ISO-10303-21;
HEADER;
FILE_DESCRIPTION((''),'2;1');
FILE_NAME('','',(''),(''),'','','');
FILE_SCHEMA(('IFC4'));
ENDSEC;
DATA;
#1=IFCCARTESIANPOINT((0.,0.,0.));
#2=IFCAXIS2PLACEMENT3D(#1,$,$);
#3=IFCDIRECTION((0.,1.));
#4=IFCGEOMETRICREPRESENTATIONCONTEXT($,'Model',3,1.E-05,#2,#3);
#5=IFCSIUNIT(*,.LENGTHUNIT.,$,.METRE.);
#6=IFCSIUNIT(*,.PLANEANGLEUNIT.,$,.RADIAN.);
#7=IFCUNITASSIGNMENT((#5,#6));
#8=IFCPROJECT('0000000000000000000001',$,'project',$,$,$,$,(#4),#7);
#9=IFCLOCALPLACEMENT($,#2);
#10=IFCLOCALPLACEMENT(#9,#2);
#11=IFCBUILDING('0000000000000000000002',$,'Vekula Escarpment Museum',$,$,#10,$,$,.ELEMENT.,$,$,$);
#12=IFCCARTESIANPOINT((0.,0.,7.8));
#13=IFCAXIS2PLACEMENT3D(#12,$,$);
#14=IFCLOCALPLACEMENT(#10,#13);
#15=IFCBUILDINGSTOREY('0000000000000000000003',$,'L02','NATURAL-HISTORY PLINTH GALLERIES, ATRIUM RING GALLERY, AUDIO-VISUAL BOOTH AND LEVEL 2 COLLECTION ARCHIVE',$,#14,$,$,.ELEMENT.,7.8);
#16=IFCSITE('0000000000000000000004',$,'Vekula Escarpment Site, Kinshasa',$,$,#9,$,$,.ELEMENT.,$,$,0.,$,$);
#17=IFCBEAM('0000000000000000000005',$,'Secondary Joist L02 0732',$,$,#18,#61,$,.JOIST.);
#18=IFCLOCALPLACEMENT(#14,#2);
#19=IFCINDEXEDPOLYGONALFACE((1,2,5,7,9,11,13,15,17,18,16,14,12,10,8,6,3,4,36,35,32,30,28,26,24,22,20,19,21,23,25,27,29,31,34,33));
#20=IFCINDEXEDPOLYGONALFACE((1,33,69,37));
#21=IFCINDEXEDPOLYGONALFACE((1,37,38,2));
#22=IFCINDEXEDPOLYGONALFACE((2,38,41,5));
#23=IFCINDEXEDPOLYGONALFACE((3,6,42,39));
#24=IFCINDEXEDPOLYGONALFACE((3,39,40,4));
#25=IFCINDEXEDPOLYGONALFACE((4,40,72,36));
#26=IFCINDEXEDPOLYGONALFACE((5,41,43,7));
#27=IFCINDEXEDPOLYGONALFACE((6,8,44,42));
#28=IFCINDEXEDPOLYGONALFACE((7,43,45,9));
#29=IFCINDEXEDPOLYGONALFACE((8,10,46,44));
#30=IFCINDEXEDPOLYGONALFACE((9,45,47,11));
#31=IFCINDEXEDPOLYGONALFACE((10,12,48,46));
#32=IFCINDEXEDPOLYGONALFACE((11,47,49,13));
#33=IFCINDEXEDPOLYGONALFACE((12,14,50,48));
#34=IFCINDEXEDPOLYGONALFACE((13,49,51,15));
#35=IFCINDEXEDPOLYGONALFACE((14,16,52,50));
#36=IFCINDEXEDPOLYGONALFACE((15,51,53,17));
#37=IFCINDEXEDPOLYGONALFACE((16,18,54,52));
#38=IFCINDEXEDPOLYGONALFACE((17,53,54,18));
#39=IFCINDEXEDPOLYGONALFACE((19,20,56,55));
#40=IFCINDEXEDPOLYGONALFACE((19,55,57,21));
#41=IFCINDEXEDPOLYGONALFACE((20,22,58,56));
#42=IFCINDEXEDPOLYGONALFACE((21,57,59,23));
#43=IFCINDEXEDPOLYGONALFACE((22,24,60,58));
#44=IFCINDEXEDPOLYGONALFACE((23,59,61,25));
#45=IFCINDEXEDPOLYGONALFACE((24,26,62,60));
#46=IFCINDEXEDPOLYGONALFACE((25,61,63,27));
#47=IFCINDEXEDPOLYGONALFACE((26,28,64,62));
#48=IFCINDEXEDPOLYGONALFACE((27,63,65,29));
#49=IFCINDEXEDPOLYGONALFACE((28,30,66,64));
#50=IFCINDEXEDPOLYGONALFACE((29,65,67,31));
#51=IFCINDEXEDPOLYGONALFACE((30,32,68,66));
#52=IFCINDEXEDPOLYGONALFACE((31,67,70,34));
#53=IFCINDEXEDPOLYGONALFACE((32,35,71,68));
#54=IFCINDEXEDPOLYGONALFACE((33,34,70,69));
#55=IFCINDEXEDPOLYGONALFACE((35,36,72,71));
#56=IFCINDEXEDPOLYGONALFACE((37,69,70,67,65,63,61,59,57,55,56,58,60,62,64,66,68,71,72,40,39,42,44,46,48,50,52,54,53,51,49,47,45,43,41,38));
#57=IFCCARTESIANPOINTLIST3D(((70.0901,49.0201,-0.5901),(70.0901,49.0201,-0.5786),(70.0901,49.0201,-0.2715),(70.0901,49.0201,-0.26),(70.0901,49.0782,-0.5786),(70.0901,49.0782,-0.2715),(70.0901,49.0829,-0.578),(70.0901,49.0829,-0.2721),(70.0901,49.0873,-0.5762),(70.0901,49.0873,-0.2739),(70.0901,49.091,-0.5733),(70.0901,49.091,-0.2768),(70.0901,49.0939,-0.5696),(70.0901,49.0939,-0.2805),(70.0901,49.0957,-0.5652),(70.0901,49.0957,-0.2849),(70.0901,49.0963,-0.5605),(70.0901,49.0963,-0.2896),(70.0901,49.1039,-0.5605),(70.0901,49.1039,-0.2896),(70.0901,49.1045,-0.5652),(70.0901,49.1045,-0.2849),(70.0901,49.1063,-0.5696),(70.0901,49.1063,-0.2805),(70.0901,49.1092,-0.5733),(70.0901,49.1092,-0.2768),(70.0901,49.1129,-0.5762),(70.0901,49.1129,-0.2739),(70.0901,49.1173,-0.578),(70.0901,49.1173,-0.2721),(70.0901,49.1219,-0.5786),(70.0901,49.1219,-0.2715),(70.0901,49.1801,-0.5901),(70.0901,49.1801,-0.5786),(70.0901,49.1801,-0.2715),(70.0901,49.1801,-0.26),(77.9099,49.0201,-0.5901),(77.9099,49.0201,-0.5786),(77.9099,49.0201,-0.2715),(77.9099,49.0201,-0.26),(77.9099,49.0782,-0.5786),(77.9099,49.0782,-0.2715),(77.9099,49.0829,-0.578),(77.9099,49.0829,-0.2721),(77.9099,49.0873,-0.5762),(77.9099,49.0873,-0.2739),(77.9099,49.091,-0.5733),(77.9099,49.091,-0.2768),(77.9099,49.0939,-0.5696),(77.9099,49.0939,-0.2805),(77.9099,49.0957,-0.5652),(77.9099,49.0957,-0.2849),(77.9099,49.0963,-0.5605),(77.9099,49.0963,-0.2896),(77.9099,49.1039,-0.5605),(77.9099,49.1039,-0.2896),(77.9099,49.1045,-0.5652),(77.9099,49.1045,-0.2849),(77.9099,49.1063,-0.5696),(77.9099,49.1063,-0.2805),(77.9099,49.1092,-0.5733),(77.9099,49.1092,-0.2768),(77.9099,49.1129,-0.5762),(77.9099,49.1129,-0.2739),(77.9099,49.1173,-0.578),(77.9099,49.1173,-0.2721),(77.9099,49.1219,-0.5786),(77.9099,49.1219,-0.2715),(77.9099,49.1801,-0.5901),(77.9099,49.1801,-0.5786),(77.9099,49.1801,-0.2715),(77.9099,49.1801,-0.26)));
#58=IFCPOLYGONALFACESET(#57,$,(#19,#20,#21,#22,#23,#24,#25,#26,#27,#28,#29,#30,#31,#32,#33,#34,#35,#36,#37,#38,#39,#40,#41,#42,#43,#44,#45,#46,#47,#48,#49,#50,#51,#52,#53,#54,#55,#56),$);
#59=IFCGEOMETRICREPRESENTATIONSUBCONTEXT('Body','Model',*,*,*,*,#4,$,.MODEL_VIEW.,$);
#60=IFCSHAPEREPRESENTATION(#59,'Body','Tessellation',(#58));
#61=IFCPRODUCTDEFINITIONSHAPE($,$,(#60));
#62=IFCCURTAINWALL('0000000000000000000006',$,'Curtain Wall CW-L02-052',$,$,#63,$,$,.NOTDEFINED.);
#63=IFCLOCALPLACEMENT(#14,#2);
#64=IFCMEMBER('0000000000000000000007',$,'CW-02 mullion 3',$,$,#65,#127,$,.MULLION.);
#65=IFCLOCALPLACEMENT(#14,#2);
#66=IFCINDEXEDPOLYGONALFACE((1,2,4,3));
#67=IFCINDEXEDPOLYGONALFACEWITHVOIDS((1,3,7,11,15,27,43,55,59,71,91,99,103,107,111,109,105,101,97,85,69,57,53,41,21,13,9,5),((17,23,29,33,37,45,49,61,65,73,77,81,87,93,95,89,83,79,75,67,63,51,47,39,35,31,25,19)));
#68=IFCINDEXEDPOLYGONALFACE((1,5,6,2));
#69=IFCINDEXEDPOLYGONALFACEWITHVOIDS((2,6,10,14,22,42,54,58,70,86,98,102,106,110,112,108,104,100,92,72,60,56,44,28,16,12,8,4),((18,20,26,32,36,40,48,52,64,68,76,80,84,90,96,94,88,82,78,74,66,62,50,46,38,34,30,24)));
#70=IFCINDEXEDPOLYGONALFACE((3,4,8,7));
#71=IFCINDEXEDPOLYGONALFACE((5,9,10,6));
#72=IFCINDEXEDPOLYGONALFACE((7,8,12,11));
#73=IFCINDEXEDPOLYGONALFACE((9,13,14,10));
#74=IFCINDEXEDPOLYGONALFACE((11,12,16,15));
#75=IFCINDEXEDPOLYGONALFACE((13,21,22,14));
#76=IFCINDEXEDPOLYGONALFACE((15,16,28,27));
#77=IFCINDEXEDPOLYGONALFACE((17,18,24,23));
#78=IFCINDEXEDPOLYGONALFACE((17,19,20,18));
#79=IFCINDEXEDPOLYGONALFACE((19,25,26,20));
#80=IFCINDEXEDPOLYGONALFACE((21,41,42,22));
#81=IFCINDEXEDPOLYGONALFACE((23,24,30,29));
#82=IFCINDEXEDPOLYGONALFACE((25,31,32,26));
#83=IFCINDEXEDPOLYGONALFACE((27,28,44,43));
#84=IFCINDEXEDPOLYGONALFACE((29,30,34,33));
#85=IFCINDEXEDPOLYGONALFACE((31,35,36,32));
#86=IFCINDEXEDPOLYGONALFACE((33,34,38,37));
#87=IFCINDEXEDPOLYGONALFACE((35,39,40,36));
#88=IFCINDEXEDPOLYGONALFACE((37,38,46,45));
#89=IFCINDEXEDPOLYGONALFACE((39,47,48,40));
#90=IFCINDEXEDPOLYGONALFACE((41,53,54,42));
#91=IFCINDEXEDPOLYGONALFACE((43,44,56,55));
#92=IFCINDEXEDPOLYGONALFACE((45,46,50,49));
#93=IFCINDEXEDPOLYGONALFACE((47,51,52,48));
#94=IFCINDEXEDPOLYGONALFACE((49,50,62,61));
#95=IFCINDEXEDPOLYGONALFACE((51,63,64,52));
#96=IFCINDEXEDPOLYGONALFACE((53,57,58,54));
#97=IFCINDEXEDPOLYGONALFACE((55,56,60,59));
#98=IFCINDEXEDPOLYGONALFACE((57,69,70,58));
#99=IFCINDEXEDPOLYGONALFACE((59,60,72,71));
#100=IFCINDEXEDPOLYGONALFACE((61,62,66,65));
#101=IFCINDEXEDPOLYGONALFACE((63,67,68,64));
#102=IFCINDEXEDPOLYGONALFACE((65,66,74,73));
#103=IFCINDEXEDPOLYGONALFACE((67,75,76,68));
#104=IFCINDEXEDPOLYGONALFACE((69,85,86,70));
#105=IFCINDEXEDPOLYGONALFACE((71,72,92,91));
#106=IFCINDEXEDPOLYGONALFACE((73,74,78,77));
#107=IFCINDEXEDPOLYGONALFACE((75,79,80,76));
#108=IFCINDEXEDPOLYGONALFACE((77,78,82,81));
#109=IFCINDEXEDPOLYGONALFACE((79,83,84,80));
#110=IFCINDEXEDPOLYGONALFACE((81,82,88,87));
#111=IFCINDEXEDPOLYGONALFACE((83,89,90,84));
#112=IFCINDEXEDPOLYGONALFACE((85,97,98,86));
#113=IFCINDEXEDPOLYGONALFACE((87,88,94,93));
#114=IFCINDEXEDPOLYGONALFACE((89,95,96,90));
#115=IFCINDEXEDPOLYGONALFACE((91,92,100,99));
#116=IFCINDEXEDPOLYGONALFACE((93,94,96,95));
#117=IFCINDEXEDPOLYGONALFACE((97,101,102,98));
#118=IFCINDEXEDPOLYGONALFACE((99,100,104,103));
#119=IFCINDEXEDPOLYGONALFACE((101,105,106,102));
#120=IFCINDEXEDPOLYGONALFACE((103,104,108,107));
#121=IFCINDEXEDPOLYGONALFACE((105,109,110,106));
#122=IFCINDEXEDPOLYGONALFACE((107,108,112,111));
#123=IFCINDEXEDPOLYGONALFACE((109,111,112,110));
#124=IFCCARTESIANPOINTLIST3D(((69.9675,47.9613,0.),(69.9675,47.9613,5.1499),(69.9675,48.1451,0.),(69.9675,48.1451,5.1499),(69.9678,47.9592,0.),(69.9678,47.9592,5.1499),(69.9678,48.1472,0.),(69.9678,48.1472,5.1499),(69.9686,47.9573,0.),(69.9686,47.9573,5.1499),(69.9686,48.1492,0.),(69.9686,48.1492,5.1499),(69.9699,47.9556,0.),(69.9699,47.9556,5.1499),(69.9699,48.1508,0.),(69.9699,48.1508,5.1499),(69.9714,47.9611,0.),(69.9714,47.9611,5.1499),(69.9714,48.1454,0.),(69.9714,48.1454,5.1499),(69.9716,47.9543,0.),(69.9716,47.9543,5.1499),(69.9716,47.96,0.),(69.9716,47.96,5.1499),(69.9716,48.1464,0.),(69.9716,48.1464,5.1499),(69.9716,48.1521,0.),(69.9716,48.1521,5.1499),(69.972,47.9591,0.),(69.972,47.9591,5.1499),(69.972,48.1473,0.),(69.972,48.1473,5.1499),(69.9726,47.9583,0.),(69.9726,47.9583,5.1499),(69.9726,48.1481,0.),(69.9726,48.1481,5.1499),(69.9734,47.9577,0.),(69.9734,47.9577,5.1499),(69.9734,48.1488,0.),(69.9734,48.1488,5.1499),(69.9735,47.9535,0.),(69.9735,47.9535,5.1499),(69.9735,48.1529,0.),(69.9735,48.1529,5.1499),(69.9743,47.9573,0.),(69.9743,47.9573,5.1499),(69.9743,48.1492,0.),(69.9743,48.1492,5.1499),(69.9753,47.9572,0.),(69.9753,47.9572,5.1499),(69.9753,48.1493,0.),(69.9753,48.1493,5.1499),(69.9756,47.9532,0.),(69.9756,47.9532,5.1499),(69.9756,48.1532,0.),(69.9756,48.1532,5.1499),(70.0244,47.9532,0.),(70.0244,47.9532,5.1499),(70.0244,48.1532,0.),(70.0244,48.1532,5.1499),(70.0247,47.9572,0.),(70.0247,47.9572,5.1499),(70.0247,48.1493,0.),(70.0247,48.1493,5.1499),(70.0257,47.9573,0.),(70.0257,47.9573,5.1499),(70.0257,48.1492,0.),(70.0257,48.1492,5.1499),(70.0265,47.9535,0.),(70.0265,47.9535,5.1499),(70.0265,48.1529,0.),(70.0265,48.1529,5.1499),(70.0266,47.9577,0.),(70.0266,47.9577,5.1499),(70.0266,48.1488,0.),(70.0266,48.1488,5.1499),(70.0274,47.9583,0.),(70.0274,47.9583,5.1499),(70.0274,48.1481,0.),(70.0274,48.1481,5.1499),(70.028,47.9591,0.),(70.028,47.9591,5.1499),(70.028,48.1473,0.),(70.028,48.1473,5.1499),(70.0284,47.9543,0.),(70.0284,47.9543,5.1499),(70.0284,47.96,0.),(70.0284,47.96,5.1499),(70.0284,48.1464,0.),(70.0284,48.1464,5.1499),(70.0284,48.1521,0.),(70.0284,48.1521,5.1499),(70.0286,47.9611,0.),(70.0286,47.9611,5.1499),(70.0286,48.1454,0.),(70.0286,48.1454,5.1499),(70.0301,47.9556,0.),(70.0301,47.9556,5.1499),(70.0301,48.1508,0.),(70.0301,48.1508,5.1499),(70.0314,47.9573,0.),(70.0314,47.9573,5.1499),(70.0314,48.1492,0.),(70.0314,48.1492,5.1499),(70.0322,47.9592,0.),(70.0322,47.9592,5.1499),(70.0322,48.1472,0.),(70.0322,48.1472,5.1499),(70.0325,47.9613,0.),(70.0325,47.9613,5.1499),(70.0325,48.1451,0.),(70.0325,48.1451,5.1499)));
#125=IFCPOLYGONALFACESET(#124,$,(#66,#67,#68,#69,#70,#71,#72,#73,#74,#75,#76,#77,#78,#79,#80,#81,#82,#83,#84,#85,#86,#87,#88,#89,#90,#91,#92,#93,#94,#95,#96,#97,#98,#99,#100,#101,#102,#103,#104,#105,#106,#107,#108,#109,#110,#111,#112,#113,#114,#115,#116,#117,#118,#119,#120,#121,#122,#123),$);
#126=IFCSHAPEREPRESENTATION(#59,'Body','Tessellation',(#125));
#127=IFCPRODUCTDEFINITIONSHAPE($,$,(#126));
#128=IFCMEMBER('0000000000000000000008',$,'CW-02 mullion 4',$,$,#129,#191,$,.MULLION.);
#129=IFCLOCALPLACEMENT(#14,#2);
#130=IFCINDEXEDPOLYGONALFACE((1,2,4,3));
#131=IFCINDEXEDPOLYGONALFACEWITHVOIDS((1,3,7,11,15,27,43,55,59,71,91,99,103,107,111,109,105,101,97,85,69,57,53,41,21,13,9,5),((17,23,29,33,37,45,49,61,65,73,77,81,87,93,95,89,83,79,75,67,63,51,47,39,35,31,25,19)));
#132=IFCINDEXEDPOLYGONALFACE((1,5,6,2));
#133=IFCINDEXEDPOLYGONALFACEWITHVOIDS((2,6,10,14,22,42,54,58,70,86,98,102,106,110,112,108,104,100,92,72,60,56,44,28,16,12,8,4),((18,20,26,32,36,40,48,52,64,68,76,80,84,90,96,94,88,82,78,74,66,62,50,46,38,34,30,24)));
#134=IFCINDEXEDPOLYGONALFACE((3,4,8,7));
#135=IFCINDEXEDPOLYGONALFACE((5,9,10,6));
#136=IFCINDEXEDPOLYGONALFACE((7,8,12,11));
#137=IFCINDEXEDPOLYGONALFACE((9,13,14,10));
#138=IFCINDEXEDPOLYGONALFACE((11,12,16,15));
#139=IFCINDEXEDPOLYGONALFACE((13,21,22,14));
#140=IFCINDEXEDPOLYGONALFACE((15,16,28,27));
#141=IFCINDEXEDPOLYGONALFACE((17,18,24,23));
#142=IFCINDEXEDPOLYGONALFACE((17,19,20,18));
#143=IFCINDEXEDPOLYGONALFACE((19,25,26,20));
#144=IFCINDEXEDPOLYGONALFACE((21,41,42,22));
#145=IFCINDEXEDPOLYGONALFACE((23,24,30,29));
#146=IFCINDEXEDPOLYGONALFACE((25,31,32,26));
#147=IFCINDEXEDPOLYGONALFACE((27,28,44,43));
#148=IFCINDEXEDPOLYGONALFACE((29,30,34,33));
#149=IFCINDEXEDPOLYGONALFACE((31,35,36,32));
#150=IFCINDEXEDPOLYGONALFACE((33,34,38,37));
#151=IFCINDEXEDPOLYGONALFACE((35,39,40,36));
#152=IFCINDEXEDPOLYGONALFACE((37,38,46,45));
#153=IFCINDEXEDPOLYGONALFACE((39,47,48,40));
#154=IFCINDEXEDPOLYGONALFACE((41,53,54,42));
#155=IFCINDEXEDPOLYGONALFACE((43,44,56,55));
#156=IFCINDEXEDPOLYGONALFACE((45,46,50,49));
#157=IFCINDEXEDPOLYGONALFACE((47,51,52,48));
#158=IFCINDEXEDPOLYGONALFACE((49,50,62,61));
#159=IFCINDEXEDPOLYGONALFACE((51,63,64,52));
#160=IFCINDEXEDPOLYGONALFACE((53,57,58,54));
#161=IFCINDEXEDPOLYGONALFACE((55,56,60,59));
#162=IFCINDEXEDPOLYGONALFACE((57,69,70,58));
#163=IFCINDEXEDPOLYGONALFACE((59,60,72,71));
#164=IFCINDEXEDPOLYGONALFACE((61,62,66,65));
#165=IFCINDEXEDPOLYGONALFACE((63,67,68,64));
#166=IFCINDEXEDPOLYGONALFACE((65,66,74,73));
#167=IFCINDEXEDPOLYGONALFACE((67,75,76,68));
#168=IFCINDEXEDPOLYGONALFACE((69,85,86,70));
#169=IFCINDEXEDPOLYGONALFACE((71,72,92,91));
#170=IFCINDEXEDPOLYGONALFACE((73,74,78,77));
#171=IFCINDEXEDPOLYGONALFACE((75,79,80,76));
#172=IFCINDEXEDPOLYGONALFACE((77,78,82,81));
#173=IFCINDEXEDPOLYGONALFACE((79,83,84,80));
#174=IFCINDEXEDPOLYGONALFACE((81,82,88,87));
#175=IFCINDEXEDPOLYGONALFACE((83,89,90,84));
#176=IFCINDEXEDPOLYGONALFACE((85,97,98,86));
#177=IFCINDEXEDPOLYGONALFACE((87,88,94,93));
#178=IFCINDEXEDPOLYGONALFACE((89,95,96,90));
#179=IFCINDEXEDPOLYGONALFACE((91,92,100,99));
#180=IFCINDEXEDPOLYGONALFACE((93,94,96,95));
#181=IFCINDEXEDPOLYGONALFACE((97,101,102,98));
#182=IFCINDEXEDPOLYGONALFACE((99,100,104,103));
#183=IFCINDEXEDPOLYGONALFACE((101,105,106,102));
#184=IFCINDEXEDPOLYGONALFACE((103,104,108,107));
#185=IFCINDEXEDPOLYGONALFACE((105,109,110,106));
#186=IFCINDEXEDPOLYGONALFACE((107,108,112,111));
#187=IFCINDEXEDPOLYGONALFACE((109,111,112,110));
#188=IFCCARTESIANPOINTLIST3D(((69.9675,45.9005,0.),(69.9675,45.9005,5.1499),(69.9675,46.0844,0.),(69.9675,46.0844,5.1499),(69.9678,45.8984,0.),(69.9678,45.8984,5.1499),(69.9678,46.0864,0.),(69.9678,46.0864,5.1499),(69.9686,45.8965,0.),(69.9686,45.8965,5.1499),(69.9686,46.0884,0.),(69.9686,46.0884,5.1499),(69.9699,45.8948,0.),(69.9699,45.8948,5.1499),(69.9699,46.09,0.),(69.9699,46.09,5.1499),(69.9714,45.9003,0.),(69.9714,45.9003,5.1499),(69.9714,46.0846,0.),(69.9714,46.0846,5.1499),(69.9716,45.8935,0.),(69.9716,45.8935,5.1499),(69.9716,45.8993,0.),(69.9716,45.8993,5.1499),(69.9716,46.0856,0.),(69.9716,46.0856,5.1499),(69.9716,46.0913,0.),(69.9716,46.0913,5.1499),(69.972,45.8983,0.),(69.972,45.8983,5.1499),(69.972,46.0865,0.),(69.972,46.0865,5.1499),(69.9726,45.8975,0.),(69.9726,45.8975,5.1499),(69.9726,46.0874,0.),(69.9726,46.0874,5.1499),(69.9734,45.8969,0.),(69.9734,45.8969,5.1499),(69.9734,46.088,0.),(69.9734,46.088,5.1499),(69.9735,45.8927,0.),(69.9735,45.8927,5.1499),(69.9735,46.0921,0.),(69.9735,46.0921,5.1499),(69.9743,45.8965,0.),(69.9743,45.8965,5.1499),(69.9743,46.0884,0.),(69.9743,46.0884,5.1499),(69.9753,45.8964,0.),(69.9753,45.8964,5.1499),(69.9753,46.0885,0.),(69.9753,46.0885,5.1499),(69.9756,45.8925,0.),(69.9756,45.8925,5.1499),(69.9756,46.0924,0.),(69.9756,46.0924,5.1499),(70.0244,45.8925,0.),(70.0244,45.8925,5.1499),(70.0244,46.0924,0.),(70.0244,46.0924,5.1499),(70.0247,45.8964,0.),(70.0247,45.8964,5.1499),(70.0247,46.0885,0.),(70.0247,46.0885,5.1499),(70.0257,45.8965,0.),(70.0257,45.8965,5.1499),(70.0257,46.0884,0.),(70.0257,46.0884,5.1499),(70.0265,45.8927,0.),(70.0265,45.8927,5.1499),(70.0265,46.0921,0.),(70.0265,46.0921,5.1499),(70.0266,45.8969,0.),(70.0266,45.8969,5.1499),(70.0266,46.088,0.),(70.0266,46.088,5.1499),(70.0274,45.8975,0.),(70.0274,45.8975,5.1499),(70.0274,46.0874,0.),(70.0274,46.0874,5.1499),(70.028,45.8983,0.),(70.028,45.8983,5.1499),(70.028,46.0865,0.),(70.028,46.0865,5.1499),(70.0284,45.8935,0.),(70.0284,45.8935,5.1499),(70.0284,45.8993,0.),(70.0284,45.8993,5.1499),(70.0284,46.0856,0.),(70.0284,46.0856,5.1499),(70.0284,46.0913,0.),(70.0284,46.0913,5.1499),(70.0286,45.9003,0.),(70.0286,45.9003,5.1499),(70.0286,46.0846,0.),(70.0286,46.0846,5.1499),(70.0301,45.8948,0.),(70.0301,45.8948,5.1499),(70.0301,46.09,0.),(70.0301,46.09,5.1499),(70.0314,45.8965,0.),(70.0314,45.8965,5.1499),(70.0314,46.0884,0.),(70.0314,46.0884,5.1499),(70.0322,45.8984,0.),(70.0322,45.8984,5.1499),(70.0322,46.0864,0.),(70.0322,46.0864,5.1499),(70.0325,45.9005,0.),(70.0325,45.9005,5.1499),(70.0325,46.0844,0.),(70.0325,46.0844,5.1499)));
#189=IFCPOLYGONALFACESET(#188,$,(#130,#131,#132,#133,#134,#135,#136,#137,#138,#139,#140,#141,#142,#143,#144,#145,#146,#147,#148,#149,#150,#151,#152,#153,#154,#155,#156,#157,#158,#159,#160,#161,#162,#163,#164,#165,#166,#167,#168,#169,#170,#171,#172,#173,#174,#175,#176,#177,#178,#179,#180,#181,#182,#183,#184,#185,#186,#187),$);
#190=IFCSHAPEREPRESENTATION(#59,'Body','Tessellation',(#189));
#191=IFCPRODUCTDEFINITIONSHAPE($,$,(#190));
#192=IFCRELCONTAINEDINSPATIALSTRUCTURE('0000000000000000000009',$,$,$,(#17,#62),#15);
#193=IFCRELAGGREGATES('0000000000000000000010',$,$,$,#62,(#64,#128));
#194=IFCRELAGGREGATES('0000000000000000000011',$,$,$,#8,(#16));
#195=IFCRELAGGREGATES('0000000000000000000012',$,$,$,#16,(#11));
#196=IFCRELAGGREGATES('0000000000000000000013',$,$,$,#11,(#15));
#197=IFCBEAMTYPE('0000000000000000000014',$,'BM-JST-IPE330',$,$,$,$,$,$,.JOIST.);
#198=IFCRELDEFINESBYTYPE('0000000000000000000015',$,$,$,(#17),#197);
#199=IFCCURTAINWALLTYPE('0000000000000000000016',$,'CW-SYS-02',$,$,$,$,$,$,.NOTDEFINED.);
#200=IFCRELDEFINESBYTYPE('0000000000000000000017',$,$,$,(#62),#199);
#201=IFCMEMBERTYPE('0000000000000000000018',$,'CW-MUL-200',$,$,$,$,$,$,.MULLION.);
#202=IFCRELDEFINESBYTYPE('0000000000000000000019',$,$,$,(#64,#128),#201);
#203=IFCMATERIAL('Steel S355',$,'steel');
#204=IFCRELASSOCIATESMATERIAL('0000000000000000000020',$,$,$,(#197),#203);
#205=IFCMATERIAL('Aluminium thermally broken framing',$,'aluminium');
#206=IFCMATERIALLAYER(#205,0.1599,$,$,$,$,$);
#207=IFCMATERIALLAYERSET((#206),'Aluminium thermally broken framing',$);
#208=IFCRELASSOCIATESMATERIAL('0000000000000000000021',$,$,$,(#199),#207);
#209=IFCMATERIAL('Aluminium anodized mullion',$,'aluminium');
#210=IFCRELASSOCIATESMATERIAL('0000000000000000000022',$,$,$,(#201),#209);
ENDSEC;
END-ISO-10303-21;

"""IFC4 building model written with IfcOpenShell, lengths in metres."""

from ifc_helpers import new_model, si_unit, direction, frame, origin, origin_2d, place, context, subcontext, project, spatial, hollow_rectangle, i_section, extrude, material, layer, layer_set, material_profile, profile_set, type_object, element, aggregate, save


model = new_model("IFC4")

# Units and contexts
model_context = context("Model", 3, precision=1e-05, world=origin(), true_north=direction((0.0, 1.0)))
body_context = subcontext(model_context, "Body", "Model", "MODEL_VIEW")
ifc_project = project(units=[si_unit("LENGTHUNIT", "METRE"), si_unit("PLANEANGLEUNIT", "RADIAN")], contexts=[model_context])

# Site, building, storey
site_placement = place(None, origin())
site = spatial("IfcSite", under=ifc_project, at=site_placement, Name="Vekula Escarpment Site, Kinshasa", CompositionType="ELEMENT", RefElevation=0.0)
building_placement = place(site_placement, origin())
building = spatial("IfcBuilding", under=site, at=building_placement, Name="Vekula Escarpment Museum", CompositionType="ELEMENT")
storey_placement = place(building_placement, frame((0.0, 0.0, 7.8)))
storey = spatial("IfcBuildingStorey", under=building, at=storey_placement, Name="L02", Description="NATURAL-HISTORY PLINTH GALLERIES, ATRIUM RING GALLERY, AUDIO-VISUAL BOOTH AND LEVEL 2 COLLECTION ARCHIVE", CompositionType="ELEMENT", Elevation=7.8)

# Beam
ifc_material_1 = material(Name="Steel S355", Category="steel")
ifc_material_profile_1 = material_profile(ifc_material_1, i_section(OverallWidth=0.1599, OverallDepth=0.3301, WebThickness=0.0076, FlangeThickness=0.0115, FilletRadius=0.0181, at=origin_2d()), Name="IPE 330")
ifc_profile_set_1 = profile_set([ifc_material_profile_1], Name="Steel S355")
beam_type = type_object("IfcBeamType", Name="BM-JST-IPE330", PredefinedType="JOIST", material=ifc_profile_set_1)
beam_placement = place(storey_placement, frame((70.0901, 49.1001, -0.425), z_axis=(1.0, 0.0, 0.0), x_axis=(0.0, 1.0, 0.0)))
element("IfcBeam", 1, at=beam_placement, inside=storey, type_object=beam_type, Name="Secondary Joist L02 0732", PredefinedType="JOIST", context=body_context, shape_type="SweptSolid", body=[
    extrude(i_section(OverallWidth=0.1599, OverallDepth=0.3301, WebThickness=0.0076, FlangeThickness=0.0115, FilletRadius=0.0181, at=origin_2d()), origin(), (0.0, 0.0, 1.0), 7.8198),
])

# Curtain wall, members
ifc_material_2 = material(Name="Aluminium thermally broken framing", Category="aluminium")
ifc_layer_1 = layer(ifc_material_2, 0.1599)
ifc_layer_set_1 = layer_set([ifc_layer_1], Name="Aluminium thermally broken framing")
curtain_wall_type_1 = type_object("IfcCurtainWallType", Name="CW-SYS-02", PredefinedType="NOTDEFINED", material=ifc_layer_set_1)
curtain_wall_1_placement = place(storey_placement, origin())
curtain_wall_1 = element("IfcCurtainWall", 2, at=curtain_wall_1_placement, inside=storey, type_object=curtain_wall_type_1, Name="Curtain Wall CW-L02-052", PredefinedType="NOTDEFINED")
ifc_material_3 = material(Name="Aluminium anodized mullion", Category="aluminium")
ifc_material_profile_2 = material_profile(ifc_material_3, hollow_rectangle(XDim=0.0649, YDim=0.2, WallThickness=0.0039, InnerFilletRadius=0.0039, OuterFilletRadius=0.0081, at=origin_2d()), Name="ALU 200x65x4")
ifc_profile_set_2 = profile_set([ifc_material_profile_2], Name="Aluminium anodized mullion")
member_type_1 = type_object("IfcMemberType", Name="CW-MUL-200", PredefinedType="MULLION", material=ifc_profile_set_2)
member_1_placement = place(storey_placement, frame((70.0, 48.0532, 0.0), z_axis=(0.0, 0.0, 1.0), x_axis=(1.0, 0.0, 0.0)))
member_1 = element("IfcMember", 3, at=member_1_placement, type_object=member_type_1, Name="CW-02 mullion 3", PredefinedType="MULLION", context=body_context, shape_type="SweptSolid", body=[
    extrude(hollow_rectangle(XDim=0.0649, YDim=0.2, WallThickness=0.0039, InnerFilletRadius=0.0039, OuterFilletRadius=0.0081, at=origin_2d()), origin(), (0.0, 0.0, 1.0), 5.1499),
])
member_2_placement = place(storey_placement, frame((70.0, 45.9924, 0.0), z_axis=(0.0, 0.0, 1.0), x_axis=(1.0, 0.0, 0.0)))
member_2 = element("IfcMember", 4, at=member_2_placement, type_object=member_type_1, Name="CW-02 mullion 4", PredefinedType="MULLION", context=body_context, shape_type="SweptSolid", body=[
    extrude(hollow_rectangle(XDim=0.0649, YDim=0.2, WallThickness=0.0039, InnerFilletRadius=0.0039, OuterFilletRadius=0.0081, at=origin_2d()), origin(), (0.0, 0.0, 1.0), 5.1499),
])

aggregate(curtain_wall_1, [member_1, member_2])

save(model, "model.ifc")
